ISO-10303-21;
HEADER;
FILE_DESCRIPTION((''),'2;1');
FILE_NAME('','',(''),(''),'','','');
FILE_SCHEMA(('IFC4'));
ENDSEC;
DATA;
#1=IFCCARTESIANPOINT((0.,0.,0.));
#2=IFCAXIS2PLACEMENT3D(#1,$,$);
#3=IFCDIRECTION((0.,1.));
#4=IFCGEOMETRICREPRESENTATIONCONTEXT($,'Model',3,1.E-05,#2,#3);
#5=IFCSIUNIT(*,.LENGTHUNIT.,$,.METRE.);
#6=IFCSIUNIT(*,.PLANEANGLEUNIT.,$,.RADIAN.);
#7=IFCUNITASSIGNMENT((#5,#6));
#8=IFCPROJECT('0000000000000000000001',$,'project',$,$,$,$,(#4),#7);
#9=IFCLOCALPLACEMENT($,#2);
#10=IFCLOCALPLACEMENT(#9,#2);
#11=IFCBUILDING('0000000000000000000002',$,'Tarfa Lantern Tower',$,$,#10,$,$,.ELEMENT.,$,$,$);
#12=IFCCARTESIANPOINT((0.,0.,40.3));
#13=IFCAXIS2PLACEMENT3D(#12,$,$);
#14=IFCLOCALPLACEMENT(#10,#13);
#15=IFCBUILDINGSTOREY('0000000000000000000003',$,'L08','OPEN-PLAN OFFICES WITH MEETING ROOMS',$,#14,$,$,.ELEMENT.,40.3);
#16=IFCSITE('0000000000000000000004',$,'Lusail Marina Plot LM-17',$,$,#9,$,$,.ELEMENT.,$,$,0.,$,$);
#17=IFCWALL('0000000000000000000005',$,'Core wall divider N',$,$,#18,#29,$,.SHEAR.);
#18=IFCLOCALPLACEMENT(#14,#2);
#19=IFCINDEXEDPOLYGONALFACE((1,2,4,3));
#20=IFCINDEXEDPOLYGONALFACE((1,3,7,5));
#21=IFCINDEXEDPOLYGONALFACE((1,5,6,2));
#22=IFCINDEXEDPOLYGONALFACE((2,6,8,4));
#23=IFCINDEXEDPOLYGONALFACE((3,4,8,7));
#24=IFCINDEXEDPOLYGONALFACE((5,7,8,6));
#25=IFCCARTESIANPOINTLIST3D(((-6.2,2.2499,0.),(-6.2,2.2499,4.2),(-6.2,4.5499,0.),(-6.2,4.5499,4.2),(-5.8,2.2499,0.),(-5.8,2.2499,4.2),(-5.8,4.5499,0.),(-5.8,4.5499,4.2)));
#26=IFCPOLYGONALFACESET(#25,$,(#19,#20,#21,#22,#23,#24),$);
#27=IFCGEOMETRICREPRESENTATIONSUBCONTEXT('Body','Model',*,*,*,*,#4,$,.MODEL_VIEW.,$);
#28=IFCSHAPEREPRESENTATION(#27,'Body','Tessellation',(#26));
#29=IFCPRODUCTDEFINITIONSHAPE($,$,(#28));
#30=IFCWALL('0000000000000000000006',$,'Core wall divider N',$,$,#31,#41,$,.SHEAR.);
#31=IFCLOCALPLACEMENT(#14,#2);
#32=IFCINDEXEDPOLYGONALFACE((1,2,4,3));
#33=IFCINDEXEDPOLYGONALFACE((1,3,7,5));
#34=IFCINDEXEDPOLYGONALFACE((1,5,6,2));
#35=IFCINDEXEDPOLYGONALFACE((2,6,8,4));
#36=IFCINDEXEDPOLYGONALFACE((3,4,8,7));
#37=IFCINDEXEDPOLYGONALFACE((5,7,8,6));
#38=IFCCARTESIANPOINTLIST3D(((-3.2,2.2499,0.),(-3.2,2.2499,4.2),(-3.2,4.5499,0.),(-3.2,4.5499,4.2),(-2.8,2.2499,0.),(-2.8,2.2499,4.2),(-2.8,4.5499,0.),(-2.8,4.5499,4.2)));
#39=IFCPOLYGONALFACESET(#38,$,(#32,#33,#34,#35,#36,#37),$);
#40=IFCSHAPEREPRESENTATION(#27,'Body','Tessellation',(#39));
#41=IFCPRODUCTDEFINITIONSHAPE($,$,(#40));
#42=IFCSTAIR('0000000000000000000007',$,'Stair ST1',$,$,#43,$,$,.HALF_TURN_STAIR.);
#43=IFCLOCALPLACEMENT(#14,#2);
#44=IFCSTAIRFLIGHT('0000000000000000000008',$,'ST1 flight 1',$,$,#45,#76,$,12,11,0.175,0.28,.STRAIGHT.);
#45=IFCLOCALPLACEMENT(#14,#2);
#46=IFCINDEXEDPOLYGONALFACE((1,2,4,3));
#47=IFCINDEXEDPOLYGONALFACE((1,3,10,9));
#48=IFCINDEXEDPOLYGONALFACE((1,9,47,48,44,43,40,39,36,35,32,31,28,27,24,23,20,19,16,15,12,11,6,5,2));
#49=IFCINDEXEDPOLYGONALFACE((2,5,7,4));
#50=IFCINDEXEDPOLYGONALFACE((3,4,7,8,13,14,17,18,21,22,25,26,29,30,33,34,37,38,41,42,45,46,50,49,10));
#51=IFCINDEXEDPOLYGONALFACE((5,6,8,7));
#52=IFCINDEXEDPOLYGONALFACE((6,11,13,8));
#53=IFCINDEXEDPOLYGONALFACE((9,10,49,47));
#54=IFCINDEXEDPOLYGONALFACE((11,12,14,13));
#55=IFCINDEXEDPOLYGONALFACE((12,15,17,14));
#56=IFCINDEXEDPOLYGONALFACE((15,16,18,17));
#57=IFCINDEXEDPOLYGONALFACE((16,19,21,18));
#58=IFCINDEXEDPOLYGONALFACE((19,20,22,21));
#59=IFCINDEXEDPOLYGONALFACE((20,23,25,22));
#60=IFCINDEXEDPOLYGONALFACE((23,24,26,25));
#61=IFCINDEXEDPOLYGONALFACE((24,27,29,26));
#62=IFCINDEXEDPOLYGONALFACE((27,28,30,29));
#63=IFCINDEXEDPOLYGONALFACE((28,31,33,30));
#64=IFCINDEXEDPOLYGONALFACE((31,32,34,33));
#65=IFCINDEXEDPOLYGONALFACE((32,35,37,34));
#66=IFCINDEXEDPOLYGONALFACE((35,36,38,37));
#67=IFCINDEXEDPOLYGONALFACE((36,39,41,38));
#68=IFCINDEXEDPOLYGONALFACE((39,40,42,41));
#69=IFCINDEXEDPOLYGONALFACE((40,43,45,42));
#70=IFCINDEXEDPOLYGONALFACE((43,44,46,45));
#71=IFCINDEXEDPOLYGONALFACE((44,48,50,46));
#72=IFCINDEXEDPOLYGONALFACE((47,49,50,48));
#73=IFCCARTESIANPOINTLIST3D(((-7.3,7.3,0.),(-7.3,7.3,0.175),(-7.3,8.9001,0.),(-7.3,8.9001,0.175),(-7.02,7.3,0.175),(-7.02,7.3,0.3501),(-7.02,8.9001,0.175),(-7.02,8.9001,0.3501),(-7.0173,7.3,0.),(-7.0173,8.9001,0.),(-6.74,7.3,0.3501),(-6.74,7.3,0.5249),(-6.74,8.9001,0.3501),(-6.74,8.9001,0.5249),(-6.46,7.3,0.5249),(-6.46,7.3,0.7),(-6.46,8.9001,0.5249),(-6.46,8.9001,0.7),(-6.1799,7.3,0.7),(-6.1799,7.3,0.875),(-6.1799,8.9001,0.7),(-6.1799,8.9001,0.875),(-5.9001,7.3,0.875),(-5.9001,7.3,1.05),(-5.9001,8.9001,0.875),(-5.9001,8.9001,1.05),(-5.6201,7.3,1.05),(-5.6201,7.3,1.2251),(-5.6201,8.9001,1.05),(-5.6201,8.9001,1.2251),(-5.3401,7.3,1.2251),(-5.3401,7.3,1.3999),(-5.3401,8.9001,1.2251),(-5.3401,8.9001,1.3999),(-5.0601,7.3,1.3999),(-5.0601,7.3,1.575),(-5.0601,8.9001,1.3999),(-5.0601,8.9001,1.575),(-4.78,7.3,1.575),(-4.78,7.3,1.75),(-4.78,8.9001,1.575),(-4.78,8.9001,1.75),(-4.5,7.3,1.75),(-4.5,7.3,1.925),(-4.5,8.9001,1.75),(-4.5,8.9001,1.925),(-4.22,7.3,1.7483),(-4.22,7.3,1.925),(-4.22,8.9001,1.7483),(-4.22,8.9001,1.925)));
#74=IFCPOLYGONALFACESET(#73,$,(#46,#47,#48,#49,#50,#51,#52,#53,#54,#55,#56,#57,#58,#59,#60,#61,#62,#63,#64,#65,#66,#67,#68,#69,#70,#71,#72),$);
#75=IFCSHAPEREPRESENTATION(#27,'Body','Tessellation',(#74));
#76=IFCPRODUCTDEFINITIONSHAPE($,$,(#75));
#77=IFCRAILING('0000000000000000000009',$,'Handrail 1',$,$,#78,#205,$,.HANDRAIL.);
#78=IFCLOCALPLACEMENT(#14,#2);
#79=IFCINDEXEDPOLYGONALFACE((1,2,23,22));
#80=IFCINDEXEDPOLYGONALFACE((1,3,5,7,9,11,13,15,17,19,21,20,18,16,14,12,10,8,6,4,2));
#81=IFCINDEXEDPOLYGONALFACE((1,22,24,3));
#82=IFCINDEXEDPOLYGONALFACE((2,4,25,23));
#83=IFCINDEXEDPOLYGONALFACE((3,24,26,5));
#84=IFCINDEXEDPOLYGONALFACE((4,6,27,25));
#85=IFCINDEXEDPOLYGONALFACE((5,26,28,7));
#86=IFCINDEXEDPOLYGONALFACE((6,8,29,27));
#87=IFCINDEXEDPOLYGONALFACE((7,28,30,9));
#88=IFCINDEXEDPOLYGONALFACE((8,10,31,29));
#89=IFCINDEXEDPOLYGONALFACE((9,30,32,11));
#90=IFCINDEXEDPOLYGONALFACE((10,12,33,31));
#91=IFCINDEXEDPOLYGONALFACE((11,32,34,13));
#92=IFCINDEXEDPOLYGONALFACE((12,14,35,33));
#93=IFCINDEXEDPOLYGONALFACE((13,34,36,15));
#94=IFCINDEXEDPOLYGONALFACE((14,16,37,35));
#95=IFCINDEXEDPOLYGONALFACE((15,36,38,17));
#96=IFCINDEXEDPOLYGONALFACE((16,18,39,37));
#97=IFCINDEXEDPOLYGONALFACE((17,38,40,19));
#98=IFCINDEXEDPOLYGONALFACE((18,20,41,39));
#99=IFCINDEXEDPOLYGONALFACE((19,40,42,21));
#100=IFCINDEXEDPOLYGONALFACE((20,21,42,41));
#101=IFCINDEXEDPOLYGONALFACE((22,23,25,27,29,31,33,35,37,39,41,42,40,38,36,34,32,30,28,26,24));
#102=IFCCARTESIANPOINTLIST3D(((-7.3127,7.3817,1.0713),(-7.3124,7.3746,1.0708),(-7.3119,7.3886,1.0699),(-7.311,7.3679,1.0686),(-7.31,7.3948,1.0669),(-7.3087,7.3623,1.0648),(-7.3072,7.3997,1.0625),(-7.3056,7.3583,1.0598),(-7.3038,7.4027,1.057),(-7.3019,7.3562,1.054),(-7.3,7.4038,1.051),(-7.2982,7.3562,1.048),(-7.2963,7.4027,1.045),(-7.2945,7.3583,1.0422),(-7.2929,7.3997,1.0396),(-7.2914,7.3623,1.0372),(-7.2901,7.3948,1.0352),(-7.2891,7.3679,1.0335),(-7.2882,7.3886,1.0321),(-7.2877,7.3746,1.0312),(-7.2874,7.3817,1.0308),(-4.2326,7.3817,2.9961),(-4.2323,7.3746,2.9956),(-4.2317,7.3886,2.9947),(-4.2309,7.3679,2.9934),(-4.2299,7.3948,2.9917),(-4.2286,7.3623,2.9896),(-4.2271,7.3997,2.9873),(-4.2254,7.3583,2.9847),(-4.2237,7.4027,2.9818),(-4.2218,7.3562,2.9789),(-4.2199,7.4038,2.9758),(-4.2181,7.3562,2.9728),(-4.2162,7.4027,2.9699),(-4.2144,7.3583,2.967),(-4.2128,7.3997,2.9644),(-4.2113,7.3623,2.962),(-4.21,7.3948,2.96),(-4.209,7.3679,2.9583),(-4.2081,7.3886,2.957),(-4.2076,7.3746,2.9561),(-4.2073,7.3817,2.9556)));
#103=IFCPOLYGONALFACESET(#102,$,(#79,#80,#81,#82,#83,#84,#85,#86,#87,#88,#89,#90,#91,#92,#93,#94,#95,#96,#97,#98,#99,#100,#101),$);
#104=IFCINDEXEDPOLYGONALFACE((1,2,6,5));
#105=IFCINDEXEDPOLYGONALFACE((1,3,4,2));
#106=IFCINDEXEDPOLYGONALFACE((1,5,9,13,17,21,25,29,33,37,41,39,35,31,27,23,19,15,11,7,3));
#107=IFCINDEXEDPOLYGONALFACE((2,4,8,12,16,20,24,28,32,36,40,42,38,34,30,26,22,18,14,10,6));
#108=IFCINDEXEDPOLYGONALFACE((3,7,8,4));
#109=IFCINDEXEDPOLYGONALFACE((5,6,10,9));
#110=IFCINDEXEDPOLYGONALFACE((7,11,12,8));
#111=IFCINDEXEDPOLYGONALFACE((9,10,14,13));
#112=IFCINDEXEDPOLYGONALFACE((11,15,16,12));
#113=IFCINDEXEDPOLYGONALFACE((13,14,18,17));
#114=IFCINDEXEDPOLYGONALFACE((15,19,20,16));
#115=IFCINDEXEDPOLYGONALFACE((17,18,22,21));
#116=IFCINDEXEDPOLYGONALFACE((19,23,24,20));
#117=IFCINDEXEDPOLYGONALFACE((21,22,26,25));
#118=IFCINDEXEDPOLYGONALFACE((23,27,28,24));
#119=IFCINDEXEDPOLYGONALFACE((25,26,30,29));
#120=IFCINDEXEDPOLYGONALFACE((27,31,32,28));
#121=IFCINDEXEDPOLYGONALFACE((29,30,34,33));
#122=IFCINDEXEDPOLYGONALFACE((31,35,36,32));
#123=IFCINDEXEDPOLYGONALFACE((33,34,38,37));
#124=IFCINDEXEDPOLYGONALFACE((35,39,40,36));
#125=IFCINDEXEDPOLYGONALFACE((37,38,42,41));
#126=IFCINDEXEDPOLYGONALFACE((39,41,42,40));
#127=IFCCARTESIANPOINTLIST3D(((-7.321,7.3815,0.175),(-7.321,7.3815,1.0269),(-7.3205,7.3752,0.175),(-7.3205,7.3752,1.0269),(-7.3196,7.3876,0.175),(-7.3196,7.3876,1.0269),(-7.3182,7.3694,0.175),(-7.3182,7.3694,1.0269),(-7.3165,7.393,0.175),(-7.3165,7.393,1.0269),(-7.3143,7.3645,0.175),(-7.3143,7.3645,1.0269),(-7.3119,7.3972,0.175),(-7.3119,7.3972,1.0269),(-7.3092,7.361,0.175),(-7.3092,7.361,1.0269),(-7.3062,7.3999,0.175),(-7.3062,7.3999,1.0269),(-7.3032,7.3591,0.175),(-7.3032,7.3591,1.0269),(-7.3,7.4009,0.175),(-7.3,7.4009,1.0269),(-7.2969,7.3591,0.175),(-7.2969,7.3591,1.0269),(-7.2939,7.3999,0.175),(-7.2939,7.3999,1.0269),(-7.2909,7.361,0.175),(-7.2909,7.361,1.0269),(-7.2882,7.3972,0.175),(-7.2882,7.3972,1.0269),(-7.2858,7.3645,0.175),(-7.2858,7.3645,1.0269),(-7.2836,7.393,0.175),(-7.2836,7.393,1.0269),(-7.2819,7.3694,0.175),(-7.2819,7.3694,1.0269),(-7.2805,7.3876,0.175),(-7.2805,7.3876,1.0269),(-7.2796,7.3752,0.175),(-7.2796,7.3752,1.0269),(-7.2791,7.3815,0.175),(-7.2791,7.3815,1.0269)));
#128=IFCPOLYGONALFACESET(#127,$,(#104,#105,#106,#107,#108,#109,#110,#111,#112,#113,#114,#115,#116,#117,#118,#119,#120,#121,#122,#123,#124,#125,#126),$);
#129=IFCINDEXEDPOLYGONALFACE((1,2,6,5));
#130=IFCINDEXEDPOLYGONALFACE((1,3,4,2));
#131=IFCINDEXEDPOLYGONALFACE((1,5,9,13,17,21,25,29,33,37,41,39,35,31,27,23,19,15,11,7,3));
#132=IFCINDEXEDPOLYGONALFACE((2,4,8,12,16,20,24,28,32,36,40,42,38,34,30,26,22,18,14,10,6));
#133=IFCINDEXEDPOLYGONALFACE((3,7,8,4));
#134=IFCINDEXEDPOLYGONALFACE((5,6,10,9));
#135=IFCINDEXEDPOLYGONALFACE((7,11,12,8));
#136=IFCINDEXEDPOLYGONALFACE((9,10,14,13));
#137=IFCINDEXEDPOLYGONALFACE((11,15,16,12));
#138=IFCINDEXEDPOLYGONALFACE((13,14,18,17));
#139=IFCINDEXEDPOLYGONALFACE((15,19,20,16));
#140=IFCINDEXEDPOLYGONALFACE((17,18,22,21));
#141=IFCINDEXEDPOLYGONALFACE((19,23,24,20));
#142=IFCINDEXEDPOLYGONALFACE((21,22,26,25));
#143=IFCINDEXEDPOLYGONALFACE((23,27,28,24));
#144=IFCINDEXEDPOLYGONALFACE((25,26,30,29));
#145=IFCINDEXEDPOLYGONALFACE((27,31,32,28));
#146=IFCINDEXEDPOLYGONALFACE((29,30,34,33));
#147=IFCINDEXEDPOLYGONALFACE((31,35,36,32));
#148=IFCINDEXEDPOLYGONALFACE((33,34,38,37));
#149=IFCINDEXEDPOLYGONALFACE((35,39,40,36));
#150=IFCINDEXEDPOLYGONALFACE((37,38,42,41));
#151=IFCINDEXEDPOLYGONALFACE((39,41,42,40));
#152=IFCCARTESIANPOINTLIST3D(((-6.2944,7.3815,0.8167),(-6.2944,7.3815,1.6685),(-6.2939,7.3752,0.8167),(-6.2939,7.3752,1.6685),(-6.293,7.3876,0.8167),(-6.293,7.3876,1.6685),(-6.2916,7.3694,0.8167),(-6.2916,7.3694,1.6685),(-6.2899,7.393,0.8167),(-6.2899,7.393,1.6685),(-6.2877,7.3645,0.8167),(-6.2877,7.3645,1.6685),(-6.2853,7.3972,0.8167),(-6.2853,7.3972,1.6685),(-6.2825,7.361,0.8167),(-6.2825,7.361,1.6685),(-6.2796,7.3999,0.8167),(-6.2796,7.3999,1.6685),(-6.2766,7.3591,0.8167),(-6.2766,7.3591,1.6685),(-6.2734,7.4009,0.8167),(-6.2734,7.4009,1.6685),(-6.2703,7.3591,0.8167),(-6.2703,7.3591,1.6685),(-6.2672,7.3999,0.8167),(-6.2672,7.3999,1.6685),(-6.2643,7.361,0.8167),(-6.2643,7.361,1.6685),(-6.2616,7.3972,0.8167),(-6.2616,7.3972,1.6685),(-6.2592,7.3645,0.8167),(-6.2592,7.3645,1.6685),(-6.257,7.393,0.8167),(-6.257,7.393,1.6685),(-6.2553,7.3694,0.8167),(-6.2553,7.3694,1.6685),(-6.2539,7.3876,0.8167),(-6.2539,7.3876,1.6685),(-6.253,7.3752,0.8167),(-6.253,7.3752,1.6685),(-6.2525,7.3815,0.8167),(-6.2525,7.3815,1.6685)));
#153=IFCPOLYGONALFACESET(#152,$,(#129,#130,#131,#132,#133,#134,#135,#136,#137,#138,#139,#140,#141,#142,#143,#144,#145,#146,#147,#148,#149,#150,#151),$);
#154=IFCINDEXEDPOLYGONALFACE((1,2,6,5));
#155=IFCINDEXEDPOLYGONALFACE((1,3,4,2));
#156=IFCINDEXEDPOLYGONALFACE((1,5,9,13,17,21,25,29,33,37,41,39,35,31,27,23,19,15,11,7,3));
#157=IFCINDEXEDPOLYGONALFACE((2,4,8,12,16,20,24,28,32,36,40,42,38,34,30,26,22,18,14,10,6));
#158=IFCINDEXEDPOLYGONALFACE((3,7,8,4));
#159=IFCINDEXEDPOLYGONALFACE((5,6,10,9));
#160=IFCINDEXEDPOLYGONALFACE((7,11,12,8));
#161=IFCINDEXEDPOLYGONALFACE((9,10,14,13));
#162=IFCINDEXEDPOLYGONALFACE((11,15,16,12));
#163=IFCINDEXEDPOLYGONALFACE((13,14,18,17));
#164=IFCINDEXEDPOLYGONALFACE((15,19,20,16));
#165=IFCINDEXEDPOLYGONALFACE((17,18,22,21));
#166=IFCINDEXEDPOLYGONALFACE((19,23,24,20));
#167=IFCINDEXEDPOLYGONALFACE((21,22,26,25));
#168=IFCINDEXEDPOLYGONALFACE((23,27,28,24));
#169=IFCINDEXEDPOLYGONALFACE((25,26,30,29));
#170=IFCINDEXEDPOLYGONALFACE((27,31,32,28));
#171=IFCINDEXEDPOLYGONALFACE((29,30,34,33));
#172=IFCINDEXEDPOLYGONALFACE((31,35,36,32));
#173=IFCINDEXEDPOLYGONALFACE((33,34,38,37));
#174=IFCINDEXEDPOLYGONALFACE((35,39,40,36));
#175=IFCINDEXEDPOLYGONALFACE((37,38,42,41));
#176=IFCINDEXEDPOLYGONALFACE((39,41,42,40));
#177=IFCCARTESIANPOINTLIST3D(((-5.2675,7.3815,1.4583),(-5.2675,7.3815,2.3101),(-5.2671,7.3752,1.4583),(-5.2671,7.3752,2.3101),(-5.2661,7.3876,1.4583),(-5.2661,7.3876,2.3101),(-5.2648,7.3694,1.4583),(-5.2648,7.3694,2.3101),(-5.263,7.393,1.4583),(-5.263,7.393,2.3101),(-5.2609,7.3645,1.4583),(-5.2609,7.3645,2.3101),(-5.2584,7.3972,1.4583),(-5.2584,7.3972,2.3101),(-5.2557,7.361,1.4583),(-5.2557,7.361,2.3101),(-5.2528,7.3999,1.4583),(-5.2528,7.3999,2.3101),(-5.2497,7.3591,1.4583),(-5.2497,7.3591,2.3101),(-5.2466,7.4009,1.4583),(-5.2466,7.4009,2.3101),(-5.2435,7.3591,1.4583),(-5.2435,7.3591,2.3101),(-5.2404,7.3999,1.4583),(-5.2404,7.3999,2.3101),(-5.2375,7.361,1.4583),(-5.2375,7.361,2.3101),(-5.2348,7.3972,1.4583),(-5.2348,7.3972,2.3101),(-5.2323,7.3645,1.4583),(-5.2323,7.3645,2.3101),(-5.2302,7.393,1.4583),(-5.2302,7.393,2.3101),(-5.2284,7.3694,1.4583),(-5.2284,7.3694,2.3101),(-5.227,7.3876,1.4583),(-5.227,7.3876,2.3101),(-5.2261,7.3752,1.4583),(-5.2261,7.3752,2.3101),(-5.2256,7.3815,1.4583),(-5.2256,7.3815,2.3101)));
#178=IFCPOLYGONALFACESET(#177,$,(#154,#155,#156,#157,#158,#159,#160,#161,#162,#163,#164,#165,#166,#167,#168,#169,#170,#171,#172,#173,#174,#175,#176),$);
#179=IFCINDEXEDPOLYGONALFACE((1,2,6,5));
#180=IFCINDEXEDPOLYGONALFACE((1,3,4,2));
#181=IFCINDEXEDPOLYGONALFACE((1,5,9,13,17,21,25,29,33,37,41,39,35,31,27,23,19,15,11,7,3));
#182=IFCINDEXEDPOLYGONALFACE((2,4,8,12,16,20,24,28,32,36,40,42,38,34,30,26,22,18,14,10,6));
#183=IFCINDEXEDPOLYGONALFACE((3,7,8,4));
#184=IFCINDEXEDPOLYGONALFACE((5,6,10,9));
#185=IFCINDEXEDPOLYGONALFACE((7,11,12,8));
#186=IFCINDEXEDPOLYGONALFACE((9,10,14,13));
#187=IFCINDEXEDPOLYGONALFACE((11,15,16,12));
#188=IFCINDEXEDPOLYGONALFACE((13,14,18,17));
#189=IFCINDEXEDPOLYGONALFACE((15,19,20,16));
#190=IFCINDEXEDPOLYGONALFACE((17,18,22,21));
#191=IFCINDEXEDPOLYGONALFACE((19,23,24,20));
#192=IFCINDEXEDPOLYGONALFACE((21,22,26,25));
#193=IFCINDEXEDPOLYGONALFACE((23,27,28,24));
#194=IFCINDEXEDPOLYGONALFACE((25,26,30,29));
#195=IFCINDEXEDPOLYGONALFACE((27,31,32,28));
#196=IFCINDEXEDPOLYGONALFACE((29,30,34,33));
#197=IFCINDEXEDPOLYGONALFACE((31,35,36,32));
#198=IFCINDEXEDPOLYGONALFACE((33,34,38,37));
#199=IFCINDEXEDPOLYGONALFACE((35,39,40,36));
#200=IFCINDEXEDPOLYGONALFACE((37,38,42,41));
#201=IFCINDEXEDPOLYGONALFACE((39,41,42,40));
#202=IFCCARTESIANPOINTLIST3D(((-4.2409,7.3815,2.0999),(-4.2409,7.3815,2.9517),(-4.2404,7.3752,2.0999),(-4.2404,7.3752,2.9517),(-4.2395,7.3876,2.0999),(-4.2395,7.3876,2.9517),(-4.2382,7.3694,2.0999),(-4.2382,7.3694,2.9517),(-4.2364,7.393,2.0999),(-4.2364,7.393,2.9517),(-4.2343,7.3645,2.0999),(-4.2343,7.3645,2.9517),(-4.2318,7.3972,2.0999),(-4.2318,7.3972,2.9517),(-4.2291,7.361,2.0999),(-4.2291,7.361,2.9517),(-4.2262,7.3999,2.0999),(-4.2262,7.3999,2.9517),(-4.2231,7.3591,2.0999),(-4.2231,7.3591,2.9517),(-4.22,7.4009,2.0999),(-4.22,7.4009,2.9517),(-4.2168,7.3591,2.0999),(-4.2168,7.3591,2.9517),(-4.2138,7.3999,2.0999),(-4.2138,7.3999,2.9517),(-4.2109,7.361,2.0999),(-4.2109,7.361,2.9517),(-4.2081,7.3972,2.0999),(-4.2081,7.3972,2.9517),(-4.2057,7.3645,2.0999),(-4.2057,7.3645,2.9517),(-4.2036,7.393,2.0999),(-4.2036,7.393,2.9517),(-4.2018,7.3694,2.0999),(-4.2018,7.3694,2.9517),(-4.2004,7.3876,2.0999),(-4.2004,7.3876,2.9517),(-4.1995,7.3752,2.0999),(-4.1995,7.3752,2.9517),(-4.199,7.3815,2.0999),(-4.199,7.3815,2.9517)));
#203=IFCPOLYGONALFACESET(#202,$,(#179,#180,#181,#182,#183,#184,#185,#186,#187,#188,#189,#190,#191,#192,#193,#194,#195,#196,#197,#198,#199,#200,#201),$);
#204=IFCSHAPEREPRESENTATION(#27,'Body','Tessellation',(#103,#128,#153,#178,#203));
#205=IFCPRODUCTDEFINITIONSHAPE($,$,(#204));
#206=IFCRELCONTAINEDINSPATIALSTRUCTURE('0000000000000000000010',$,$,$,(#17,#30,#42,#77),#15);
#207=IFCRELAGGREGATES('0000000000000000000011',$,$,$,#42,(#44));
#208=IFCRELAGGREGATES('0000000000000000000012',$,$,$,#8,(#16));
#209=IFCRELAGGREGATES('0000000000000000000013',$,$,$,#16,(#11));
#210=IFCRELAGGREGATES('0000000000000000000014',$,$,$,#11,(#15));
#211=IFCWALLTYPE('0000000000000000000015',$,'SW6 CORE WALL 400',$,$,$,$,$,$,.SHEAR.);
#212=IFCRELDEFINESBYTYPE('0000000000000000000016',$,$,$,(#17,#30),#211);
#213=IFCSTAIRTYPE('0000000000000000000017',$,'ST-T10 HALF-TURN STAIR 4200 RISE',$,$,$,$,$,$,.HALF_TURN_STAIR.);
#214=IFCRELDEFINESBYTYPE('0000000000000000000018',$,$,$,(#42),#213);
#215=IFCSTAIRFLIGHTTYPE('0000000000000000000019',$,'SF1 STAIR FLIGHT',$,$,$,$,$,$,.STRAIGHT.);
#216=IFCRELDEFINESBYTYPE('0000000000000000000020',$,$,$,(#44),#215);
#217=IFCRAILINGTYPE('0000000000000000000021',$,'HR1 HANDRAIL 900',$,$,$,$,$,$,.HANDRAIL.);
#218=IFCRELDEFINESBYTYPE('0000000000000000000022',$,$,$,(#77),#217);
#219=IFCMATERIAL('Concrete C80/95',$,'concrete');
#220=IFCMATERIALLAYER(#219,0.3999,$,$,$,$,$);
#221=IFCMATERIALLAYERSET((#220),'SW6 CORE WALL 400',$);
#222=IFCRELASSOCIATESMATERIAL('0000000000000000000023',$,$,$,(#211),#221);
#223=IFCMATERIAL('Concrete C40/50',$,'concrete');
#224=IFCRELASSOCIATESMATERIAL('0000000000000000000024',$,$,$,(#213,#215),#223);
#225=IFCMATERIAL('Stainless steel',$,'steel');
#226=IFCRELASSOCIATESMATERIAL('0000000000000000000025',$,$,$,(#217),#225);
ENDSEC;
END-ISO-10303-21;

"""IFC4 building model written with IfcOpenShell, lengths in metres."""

from ifc_helpers import new_model, si_unit, direction, frame, frame_2d, origin, origin_2d, place, context, subcontext, project, spatial, polyline, rectangle, circle, outline, extrude, material, layer, layer_set, type_object, element, aggregate, save


model = new_model("IFC4")

# Units and contexts
model_context = context("Model", 3, precision=1e-05, world=origin(), true_north=direction((0.0, 1.0)))
body_context = subcontext(model_context, "Body", "Model", "MODEL_VIEW")
ifc_project = project(units=[si_unit("LENGTHUNIT", "METRE"), si_unit("PLANEANGLEUNIT", "RADIAN")], contexts=[model_context])

# Site, building, storey
site_placement = place(None, origin())
site = spatial("IfcSite", under=ifc_project, at=site_placement, Name="Lusail Marina Plot LM-17", CompositionType="ELEMENT", RefElevation=0.0)
building_placement = place(site_placement, origin())
building = spatial("IfcBuilding", under=site, at=building_placement, Name="Tarfa Lantern Tower", CompositionType="ELEMENT")
storey_placement = place(building_placement, frame((0.0, 0.0, 40.3)))
storey = spatial("IfcBuildingStorey", under=building, at=storey_placement, Name="L08", Description="OPEN-PLAN OFFICES WITH MEETING ROOMS", CompositionType="ELEMENT", Elevation=40.3)

# Shared definitions
ifc_material_1 = material(Name="Concrete C80/95", Category="concrete")

# Walls
ifc_layer_1 = layer(ifc_material_1, 0.3999)
ifc_layer_set_1 = layer_set([ifc_layer_1], Name="SW6 CORE WALL 400")
wall_type_1 = type_object("IfcWallType", Name="SW6 CORE WALL 400", PredefinedType="SHEAR", material=ifc_layer_set_1)
for number, where, z_axis, x_axis, name in (
    (1, (-6.0, 2.25, 0.0), (0.0, 0.0, 1.0), (0.0, 1.0, 0.0), "Core wall divider N"),
    (2, (-3.0, 2.25, 0.0), (0.0, 0.0, 1.0), (0.0, 1.0, 0.0), "Core wall divider N"),
):
    element("IfcWall", number, at=place(storey_placement, frame(where, z_axis=z_axis, x_axis=x_axis)), inside=storey, type_object=wall_type_1, Name=name, PredefinedType="SHEAR", context=body_context, shape_type="SweptSolid", body=[
        extrude(rectangle(XDim=2.3, YDim=0.3999, at=frame_2d((1.1499, 0.0))), origin(), (0.0, 0.0, 1.0), 4.2),
    ])

# Stair, stair flight
ifc_material_2 = material(Name="Concrete C40/50", Category="concrete")
stair_type = type_object("IfcStairType", Name="ST-T10 HALF-TURN STAIR 4200 RISE", PredefinedType="HALF_TURN_STAIR", material=ifc_material_2)
stair_placement = place(storey_placement, origin())
stair = element("IfcStair", 3, at=stair_placement, inside=storey, type_object=stair_type, Name="Stair ST1", PredefinedType="HALF_TURN_STAIR")
stair_flight_type = type_object("IfcStairFlightType", Name="SF1 STAIR FLIGHT", PredefinedType="STRAIGHT", material=ifc_material_2)
stair_flight_placement = place(storey_placement, frame((-7.3, 8.1001, 0.0), z_axis=(0.0, 0.0, 1.0), x_axis=(1.0, 0.0, 0.0)))
stair_flight = element("IfcStairFlight", 4, at=stair_flight_placement, type_object=stair_flight_type, Name="ST1 flight 1", NumberOfRisers=12, NumberOfTreads=11, PredefinedType="STRAIGHT", RiserHeight=0.175, TreadLength=0.28, context=body_context, shape_type="SweptSolid", body=[
    extrude(outline(polyline([(0.0, 0.0), (0.0, 0.175), (0.28, 0.175), (0.28, 0.3501), (0.5601, 0.3501), (0.5601, 0.5249), (0.8401, 0.5249), (0.8401, 0.7), (1.1201, 0.7), (1.1201, 0.875), (1.3999, 0.875), (1.3999, 1.05), (1.6799, 1.05), (1.6799, 1.2251), (1.96, 1.2251), (1.96, 1.3999), (2.24, 1.3999), (2.24, 1.575), (2.52, 1.575), (2.52, 1.75), (2.8, 1.75), (2.8, 1.925), (3.0801, 1.925), (3.0801, 2.1001), (3.0801, 1.7483), (0.2827, 0.0), (0.0, 0.0)])), frame((0.0, 0.8, 0.0), z_axis=(0.0, -1.0, 0.0), x_axis=(1.0, 0.0, 0.0)), (0.0, 0.0, 1.0), 1.6001),
])
aggregate(stair, [stair_flight])

# Railing
ifc_material_3 = material(Name="Stainless steel", Category="steel")
railing_type = type_object("IfcRailingType", Name="HR1 HANDRAIL 900", PredefinedType="HANDRAIL", material=ifc_material_3)
railing_placement = place(storey_placement, frame((-7.3, 7.3799, 0.175)))
element("IfcRailing", 5, at=railing_placement, inside=storey, type_object=railing_type, Name="Handrail 1", PredefinedType="HANDRAIL", context=body_context, shape_type="SweptSolid", body=[
    extrude(circle(Radius=0.0239, at=origin_2d()), frame((0.0, 0.0, 0.876), z_axis=(0.848029, 0.0, 0.529951), x_axis=(0.0, 1.0, 0.0)), (0.0, 0.0, 1.0), 3.6321),
    extrude(circle(Radius=0.021, at=origin_2d()), frame((0.0, 0.0, 0.0), z_axis=(0.0, 0.0, 1.0), x_axis=(0.0, 1.0, 0.0)), (0.0, 0.0, 1.0), 0.8518),
    extrude(circle(Radius=0.021, at=origin_2d()), frame((1.0266, 0.0, 0.6416), z_axis=(0.0, 0.0, 1.0), x_axis=(0.0, 1.0, 0.0)), (0.0, 0.0, 1.0), 0.8518),
    extrude(circle(Radius=0.021, at=origin_2d()), frame((2.0535, 0.0, 1.2832), z_axis=(0.0, 0.0, 1.0), x_axis=(0.0, 1.0, 0.0)), (0.0, 0.0, 1.0), 0.8518),
    extrude(circle(Radius=0.021, at=origin_2d()), frame((3.0801, 0.0, 1.9248), z_axis=(0.0, 0.0, 1.0), x_axis=(0.0, 1.0, 0.0)), (0.0, 0.0, 1.0), 0.8518),
])

save(model, "model.ifc")
